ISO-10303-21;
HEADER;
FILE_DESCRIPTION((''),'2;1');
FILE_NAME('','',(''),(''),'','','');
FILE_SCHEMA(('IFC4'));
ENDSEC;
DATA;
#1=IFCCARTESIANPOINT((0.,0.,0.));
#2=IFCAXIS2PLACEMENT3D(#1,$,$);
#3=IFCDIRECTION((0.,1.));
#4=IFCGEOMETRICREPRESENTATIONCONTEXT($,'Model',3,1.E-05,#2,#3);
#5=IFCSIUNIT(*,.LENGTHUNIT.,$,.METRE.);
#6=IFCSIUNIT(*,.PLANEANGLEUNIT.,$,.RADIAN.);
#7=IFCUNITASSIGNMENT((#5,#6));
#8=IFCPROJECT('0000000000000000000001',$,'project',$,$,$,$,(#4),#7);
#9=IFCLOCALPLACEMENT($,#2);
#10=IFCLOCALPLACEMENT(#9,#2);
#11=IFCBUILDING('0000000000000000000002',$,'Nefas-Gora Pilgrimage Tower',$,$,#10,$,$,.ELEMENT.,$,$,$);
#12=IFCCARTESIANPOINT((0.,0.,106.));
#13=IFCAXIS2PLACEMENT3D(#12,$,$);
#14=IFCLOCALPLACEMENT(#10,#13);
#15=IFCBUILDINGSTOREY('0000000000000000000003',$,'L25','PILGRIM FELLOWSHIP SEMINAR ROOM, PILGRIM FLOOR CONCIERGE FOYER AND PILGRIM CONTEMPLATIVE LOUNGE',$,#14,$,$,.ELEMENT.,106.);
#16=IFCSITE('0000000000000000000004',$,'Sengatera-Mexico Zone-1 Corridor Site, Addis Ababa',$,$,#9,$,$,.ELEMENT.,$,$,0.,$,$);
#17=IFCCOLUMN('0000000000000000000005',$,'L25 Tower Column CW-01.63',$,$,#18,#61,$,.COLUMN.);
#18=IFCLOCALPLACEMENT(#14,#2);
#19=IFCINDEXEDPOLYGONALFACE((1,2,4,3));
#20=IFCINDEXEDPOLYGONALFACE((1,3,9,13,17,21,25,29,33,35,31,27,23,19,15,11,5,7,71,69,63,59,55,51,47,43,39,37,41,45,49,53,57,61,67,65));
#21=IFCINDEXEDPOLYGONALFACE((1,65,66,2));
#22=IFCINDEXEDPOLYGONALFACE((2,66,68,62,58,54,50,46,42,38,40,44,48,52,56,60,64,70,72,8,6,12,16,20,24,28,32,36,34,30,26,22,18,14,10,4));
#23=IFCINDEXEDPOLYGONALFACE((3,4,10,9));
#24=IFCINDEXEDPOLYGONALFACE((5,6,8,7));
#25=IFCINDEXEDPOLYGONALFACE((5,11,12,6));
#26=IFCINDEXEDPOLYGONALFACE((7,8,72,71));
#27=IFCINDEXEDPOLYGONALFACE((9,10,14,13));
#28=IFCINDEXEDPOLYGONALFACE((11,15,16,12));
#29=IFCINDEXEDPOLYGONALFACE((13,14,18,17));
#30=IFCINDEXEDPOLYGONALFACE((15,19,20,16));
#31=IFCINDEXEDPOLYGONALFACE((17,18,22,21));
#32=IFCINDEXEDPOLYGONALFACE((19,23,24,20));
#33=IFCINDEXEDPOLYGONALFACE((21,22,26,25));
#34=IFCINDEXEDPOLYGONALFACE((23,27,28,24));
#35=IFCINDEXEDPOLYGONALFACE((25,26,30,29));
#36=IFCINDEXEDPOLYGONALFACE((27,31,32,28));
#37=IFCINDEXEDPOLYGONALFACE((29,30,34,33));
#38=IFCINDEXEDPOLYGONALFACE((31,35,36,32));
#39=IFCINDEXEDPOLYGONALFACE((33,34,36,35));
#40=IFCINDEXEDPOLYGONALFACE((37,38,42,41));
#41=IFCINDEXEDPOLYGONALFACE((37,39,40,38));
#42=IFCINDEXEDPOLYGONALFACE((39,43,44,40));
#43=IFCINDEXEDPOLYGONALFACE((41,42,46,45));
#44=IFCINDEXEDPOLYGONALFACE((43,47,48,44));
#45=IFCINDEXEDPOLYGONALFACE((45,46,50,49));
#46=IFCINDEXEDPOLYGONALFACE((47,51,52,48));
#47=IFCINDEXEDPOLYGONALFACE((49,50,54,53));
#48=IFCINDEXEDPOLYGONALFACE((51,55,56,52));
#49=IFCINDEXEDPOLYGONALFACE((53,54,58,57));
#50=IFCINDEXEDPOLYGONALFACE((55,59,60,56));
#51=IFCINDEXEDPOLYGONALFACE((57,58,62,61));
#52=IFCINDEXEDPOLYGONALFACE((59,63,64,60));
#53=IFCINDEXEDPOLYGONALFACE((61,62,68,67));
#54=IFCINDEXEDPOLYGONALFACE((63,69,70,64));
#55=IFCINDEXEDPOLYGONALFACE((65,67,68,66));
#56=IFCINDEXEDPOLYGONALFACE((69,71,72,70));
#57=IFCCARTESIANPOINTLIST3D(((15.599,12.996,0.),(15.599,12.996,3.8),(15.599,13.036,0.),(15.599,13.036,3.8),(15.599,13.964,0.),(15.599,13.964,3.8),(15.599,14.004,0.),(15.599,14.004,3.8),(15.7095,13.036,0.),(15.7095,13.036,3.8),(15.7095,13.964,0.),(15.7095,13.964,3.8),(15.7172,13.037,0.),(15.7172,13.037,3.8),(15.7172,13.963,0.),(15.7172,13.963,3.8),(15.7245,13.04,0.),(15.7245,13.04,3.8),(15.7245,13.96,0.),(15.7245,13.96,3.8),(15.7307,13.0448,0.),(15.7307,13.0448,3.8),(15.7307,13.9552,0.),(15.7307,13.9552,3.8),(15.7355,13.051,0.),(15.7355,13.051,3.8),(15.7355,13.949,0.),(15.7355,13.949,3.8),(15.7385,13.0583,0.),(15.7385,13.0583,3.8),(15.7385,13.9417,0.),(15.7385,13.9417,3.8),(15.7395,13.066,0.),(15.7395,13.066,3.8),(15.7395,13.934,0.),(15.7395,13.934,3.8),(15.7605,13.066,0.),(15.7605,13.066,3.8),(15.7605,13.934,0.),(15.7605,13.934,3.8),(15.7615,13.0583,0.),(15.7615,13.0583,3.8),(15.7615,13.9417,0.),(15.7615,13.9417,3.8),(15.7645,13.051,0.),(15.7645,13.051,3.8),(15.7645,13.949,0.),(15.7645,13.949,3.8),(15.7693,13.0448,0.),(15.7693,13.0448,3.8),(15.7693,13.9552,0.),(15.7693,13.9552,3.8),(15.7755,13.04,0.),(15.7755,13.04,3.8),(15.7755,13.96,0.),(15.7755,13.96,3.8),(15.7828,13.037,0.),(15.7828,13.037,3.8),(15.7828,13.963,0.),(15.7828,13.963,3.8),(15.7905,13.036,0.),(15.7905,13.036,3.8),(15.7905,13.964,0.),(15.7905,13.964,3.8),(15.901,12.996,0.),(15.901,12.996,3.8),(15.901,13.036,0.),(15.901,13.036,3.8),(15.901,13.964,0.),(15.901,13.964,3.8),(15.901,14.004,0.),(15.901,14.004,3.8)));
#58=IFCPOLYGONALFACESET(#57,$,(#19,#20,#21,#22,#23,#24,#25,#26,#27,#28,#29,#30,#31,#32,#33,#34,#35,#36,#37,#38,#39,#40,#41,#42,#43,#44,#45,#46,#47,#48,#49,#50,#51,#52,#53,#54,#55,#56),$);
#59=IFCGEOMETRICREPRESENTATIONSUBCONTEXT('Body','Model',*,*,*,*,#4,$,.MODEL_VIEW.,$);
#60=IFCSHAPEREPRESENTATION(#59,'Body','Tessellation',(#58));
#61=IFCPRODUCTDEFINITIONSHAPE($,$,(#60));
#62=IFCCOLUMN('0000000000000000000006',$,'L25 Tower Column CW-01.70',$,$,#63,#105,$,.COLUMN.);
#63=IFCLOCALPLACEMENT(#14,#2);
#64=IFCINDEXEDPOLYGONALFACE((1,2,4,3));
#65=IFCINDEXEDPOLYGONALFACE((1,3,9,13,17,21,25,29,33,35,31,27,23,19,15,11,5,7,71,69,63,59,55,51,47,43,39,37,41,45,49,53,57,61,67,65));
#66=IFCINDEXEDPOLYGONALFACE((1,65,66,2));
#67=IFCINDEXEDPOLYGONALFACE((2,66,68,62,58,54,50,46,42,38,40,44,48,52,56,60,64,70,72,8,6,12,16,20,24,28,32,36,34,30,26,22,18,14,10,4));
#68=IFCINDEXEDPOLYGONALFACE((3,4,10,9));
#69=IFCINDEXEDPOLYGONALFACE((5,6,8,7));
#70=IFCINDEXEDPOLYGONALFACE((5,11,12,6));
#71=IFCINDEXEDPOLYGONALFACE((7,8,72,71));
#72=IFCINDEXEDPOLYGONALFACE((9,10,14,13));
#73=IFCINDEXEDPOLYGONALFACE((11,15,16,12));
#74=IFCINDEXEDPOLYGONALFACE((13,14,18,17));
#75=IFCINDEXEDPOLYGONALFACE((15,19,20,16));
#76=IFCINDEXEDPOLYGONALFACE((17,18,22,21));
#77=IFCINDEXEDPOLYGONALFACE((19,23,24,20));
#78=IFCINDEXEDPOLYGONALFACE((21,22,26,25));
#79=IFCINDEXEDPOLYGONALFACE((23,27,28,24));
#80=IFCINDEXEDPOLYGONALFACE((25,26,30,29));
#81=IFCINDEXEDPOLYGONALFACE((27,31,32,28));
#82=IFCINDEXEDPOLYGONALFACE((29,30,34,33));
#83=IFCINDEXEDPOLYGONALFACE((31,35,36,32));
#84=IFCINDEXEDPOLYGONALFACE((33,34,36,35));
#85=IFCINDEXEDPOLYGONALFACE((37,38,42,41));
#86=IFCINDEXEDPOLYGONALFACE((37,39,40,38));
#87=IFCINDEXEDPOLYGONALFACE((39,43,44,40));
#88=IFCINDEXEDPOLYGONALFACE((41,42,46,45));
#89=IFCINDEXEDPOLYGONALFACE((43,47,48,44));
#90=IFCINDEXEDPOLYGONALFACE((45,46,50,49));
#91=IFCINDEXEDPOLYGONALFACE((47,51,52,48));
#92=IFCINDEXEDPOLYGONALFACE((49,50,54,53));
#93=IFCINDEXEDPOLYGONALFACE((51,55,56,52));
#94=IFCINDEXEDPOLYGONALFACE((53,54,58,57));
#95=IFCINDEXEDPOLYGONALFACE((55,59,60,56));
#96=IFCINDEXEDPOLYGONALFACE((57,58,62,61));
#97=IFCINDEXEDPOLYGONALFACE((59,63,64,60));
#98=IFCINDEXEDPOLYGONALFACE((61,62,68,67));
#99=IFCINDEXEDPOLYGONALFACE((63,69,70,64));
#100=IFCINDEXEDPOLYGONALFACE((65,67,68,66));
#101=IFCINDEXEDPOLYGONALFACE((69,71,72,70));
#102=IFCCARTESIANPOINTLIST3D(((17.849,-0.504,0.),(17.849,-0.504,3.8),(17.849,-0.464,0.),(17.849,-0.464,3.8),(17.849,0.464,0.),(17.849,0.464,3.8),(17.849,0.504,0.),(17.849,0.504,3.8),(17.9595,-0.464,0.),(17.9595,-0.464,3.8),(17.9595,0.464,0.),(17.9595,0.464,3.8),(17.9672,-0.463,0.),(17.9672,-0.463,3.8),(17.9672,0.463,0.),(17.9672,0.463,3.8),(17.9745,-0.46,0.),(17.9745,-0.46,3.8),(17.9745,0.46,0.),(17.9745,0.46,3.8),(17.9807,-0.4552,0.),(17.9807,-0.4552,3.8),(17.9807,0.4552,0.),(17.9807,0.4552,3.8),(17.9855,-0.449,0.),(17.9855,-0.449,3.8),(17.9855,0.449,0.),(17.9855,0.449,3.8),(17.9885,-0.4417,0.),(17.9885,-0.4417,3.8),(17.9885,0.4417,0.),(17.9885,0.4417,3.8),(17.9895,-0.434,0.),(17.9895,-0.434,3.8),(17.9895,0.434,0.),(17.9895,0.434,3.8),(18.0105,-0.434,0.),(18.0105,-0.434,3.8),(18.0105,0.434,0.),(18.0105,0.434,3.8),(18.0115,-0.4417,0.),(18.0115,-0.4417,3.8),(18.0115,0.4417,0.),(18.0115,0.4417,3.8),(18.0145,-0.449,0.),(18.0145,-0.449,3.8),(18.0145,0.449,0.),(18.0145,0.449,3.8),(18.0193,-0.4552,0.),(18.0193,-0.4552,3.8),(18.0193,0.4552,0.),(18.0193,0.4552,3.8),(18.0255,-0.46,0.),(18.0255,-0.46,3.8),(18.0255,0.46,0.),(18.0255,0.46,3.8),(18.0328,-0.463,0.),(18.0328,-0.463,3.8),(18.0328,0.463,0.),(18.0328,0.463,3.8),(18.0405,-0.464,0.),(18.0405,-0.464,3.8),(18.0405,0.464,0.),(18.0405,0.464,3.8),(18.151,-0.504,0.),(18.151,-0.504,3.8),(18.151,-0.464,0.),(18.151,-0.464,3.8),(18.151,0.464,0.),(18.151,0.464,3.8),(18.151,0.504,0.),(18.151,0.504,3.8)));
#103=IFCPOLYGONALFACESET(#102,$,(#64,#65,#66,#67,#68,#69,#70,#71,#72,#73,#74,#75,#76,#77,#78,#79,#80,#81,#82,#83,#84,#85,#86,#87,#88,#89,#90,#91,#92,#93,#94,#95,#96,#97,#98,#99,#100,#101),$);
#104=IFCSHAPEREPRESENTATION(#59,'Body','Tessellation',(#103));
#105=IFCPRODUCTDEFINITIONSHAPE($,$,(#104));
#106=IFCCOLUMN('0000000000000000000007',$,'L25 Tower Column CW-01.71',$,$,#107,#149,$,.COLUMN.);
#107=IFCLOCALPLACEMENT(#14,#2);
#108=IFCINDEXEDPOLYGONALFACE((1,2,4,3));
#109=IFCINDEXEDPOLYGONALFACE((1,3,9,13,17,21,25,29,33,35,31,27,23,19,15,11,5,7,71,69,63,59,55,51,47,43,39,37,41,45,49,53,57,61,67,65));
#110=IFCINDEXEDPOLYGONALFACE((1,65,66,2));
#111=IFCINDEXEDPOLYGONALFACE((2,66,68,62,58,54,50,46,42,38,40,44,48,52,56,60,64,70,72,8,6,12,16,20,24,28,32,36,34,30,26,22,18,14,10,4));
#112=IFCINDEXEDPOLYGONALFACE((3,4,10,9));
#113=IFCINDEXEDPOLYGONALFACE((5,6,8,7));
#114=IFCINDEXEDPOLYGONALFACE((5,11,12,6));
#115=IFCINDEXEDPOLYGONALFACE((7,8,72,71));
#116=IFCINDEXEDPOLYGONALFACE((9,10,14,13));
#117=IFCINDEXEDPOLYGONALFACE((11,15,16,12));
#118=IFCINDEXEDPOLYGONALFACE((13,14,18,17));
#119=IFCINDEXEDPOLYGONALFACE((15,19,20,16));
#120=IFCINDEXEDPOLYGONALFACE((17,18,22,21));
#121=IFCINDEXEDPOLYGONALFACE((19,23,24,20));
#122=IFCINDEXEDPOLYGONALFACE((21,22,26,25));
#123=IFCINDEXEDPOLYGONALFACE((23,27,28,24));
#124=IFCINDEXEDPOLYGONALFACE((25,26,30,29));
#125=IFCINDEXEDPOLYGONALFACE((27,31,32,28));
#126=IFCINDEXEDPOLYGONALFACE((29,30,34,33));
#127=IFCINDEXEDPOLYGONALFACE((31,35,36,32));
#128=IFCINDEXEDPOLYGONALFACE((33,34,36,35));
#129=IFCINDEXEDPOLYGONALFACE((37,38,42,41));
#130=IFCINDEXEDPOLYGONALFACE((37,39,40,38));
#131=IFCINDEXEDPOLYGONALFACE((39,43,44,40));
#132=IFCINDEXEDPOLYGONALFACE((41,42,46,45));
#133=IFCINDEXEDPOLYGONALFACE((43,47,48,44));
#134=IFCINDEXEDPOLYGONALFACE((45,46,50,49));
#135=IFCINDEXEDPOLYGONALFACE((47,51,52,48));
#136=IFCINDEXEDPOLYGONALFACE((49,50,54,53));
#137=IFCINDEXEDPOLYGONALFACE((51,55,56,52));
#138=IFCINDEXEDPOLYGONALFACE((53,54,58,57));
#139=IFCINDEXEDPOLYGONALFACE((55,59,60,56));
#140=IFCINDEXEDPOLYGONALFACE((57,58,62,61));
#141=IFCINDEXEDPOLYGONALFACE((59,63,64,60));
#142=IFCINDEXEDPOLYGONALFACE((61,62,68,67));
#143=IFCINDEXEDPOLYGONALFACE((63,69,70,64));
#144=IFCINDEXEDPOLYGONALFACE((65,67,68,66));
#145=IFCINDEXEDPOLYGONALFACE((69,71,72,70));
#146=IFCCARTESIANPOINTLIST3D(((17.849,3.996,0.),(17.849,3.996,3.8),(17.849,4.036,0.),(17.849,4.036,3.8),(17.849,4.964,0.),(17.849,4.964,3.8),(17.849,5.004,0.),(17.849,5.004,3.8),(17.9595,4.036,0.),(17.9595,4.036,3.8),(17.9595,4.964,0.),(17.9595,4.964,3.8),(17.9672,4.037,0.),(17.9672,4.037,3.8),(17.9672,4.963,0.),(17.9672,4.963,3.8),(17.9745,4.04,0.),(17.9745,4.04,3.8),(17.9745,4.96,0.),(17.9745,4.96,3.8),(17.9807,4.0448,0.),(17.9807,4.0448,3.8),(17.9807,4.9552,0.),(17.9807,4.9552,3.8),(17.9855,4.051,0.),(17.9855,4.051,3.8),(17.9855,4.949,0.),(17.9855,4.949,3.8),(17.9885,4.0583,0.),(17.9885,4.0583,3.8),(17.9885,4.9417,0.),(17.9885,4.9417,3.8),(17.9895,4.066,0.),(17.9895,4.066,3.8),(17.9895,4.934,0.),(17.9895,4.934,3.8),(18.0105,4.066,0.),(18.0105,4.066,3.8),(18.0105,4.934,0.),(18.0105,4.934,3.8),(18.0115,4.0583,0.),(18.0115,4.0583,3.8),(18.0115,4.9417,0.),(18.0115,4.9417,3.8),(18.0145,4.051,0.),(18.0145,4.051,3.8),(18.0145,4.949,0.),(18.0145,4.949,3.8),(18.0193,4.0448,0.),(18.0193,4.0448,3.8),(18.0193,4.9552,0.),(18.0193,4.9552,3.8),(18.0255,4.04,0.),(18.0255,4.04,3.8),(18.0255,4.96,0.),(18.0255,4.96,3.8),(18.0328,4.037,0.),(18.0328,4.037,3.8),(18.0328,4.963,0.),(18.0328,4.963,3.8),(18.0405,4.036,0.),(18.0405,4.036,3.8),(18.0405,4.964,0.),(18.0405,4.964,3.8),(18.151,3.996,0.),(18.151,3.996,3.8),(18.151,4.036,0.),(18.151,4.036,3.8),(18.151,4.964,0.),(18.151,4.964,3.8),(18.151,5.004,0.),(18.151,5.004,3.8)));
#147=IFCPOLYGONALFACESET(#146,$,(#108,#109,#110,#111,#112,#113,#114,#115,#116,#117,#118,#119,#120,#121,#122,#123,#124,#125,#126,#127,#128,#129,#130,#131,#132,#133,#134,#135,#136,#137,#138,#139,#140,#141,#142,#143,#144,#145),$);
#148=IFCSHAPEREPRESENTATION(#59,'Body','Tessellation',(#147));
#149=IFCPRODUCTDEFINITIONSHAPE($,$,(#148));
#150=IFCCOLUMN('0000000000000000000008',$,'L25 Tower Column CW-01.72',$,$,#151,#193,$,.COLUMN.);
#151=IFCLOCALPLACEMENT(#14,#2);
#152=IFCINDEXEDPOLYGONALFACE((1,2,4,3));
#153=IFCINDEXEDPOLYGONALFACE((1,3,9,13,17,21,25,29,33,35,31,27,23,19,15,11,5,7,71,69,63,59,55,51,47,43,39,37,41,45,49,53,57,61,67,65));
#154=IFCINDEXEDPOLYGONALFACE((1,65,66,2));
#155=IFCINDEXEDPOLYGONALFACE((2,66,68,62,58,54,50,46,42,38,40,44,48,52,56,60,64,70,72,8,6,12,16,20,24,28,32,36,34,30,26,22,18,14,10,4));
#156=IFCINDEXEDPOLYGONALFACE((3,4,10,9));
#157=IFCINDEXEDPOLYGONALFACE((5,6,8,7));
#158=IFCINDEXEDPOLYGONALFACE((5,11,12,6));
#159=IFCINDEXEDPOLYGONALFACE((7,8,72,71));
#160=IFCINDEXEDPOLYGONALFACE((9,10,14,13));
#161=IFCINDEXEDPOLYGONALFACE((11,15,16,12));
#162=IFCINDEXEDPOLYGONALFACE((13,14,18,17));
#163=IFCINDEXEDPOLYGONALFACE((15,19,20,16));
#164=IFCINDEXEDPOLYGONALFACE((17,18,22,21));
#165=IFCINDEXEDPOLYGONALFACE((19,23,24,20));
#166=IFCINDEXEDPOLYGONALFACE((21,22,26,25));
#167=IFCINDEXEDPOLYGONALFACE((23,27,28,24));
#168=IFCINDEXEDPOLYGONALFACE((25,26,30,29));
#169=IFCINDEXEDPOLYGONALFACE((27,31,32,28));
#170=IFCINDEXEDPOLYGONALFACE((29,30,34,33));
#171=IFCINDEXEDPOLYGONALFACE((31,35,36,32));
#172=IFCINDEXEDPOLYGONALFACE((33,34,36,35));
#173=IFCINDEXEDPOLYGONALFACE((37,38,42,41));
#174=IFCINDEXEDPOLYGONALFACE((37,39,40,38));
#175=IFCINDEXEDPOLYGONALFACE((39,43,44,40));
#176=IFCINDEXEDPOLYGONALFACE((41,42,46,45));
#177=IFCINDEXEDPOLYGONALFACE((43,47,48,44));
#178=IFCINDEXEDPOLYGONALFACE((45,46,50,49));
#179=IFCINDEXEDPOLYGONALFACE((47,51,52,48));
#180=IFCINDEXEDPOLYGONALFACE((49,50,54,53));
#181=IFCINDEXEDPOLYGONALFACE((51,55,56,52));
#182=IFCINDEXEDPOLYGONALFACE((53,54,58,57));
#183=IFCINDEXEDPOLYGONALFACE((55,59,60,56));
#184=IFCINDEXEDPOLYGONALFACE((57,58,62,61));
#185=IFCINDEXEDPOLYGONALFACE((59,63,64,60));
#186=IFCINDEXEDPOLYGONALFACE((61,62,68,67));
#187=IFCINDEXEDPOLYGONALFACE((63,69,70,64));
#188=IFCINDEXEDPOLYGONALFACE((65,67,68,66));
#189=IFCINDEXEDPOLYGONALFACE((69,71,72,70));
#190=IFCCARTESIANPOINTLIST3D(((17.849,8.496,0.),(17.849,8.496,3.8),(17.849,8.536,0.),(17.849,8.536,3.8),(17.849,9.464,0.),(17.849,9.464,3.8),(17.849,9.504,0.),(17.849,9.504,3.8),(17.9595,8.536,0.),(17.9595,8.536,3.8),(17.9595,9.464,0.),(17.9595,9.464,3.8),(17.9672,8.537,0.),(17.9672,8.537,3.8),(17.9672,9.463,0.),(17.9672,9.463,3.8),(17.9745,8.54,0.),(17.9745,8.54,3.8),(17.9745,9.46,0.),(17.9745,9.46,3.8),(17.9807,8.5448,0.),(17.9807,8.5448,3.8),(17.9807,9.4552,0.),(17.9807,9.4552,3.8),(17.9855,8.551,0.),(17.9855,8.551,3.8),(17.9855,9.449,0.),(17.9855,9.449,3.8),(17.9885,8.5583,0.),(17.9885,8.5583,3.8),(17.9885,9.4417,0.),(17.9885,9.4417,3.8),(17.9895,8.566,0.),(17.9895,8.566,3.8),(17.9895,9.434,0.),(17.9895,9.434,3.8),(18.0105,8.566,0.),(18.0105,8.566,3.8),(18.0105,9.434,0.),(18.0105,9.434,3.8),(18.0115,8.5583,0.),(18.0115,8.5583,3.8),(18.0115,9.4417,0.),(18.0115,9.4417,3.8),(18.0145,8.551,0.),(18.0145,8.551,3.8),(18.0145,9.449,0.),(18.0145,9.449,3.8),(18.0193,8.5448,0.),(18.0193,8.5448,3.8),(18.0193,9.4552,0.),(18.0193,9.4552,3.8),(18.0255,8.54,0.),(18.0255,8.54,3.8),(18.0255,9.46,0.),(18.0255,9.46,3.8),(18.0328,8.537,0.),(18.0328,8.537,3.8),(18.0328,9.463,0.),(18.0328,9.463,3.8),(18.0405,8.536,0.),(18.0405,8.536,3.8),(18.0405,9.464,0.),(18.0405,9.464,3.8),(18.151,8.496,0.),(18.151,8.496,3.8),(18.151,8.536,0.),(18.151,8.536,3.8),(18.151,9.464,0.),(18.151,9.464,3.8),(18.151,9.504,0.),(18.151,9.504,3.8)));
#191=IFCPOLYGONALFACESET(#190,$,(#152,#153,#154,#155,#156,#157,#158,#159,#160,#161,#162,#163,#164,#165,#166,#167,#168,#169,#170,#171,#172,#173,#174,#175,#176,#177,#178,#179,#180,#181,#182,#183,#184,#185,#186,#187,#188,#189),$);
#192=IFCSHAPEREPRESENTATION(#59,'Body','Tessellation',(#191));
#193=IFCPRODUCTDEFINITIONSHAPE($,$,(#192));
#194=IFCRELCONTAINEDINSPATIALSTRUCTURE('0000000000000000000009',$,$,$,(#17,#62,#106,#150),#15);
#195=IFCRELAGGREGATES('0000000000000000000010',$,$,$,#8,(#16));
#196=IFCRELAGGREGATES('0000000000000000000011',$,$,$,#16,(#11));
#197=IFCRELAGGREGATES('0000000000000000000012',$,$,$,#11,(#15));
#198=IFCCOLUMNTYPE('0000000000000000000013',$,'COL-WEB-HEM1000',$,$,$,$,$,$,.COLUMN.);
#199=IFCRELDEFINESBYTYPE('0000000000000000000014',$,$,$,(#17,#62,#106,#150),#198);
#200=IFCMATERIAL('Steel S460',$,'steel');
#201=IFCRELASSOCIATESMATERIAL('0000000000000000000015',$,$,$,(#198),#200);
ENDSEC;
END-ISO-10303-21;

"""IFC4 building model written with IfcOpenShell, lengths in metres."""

from ifc_helpers import new_model, si_unit, direction, frame, origin, origin_2d, place, context, subcontext, project, spatial, i_section, extrude, source, transform, mapped, material, material_profile, profile_set, type_object, element, save


model = new_model("IFC4")

# Units and contexts
model_context = context("Model", 3, precision=1e-05, world=origin(), true_north=direction((0.0, 1.0)))
body_context = subcontext(model_context, "Body", "Model", "MODEL_VIEW")
ifc_project = project(units=[si_unit("LENGTHUNIT", "METRE"), si_unit("PLANEANGLEUNIT", "RADIAN")], contexts=[model_context])

# Site, building, storey
site_placement = place(None, origin())
site = spatial("IfcSite", under=ifc_project, at=site_placement, Name="Sengatera-Mexico Zone-1 Corridor Site, Addis Ababa", CompositionType="ELEMENT", RefElevation=0.0)
building_placement = place(site_placement, origin())
building = spatial("IfcBuilding", under=site, at=building_placement, Name="Nefas-Gora Pilgrimage Tower", CompositionType="ELEMENT")
storey_placement = place(building_placement, frame((0.0, 0.0, 106.0)))
storey = spatial("IfcBuildingStorey", under=building, at=storey_placement, Name="L25", Description="PILGRIM FELLOWSHIP SEMINAR ROOM, PILGRIM FLOOR CONCIERGE FOYER AND PILGRIM CONTEMPLATIVE LOUNGE", CompositionType="ELEMENT", Elevation=106.0)

# Columns
ifc_material_1 = material(Name="Steel S460", Category="steel")
ifc_material_profile_1 = material_profile(ifc_material_1, i_section(OverallWidth=0.302, OverallDepth=1.0081, WebThickness=0.021, FlangeThickness=0.04, FilletRadius=0.03, at=origin_2d()), Name="HEM 1000")
ifc_profile_set_1 = profile_set([ifc_material_profile_1], Name="Steel S460")
column_type_1 = type_object("IfcColumnType", Name="COL-WEB-HEM1000", PredefinedType="COLUMN", material=ifc_profile_set_1)
shared_shape_1 = source(origin(), body_context, "Body", "SweptSolid", [
    extrude(i_section(OverallWidth=0.302, OverallDepth=1.0081, WebThickness=0.021, FlangeThickness=0.04, FilletRadius=0.03, at=origin_2d()), origin(), (0.0, 0.0, 1.0), 3.8),
])
for number, where, z_axis, x_axis, name in (
    (1, (15.75, 13.5, 0.0), (0.0, 0.0, 1.0), (1.0, 0.0, 0.0), "L25 Tower Column CW-01.63"),
    (2, (18.0, 0.0, 0.0), (0.0, 0.0, 1.0), (1.0, 0.0, 0.0), "L25 Tower Column CW-01.70"),
    (3, (18.0, 4.5, 0.0), (0.0, 0.0, 1.0), (1.0, 0.0, 0.0), "L25 Tower Column CW-01.71"),
    (4, (18.0, 9.0, 0.0), (0.0, 0.0, 1.0), (1.0, 0.0, 0.0), "L25 Tower Column CW-01.72"),
):
    element("IfcColumn", number, at=place(storey_placement, frame(where, z_axis=z_axis, x_axis=x_axis)), inside=storey, type_object=column_type_1, Name=name, PredefinedType="COLUMN", context=body_context, shape_type="MappedRepresentation", body=[
        mapped(shared_shape_1, transform((0.0, 0.0, 0.0), x_axis=(1.0, 0.0, 0.0), y_axis=(0.0, 1.0, 0.0), z_axis=(0.0, 0.0, 1.0), scale=1.0)),
    ])

save(model, "model.ifc")
